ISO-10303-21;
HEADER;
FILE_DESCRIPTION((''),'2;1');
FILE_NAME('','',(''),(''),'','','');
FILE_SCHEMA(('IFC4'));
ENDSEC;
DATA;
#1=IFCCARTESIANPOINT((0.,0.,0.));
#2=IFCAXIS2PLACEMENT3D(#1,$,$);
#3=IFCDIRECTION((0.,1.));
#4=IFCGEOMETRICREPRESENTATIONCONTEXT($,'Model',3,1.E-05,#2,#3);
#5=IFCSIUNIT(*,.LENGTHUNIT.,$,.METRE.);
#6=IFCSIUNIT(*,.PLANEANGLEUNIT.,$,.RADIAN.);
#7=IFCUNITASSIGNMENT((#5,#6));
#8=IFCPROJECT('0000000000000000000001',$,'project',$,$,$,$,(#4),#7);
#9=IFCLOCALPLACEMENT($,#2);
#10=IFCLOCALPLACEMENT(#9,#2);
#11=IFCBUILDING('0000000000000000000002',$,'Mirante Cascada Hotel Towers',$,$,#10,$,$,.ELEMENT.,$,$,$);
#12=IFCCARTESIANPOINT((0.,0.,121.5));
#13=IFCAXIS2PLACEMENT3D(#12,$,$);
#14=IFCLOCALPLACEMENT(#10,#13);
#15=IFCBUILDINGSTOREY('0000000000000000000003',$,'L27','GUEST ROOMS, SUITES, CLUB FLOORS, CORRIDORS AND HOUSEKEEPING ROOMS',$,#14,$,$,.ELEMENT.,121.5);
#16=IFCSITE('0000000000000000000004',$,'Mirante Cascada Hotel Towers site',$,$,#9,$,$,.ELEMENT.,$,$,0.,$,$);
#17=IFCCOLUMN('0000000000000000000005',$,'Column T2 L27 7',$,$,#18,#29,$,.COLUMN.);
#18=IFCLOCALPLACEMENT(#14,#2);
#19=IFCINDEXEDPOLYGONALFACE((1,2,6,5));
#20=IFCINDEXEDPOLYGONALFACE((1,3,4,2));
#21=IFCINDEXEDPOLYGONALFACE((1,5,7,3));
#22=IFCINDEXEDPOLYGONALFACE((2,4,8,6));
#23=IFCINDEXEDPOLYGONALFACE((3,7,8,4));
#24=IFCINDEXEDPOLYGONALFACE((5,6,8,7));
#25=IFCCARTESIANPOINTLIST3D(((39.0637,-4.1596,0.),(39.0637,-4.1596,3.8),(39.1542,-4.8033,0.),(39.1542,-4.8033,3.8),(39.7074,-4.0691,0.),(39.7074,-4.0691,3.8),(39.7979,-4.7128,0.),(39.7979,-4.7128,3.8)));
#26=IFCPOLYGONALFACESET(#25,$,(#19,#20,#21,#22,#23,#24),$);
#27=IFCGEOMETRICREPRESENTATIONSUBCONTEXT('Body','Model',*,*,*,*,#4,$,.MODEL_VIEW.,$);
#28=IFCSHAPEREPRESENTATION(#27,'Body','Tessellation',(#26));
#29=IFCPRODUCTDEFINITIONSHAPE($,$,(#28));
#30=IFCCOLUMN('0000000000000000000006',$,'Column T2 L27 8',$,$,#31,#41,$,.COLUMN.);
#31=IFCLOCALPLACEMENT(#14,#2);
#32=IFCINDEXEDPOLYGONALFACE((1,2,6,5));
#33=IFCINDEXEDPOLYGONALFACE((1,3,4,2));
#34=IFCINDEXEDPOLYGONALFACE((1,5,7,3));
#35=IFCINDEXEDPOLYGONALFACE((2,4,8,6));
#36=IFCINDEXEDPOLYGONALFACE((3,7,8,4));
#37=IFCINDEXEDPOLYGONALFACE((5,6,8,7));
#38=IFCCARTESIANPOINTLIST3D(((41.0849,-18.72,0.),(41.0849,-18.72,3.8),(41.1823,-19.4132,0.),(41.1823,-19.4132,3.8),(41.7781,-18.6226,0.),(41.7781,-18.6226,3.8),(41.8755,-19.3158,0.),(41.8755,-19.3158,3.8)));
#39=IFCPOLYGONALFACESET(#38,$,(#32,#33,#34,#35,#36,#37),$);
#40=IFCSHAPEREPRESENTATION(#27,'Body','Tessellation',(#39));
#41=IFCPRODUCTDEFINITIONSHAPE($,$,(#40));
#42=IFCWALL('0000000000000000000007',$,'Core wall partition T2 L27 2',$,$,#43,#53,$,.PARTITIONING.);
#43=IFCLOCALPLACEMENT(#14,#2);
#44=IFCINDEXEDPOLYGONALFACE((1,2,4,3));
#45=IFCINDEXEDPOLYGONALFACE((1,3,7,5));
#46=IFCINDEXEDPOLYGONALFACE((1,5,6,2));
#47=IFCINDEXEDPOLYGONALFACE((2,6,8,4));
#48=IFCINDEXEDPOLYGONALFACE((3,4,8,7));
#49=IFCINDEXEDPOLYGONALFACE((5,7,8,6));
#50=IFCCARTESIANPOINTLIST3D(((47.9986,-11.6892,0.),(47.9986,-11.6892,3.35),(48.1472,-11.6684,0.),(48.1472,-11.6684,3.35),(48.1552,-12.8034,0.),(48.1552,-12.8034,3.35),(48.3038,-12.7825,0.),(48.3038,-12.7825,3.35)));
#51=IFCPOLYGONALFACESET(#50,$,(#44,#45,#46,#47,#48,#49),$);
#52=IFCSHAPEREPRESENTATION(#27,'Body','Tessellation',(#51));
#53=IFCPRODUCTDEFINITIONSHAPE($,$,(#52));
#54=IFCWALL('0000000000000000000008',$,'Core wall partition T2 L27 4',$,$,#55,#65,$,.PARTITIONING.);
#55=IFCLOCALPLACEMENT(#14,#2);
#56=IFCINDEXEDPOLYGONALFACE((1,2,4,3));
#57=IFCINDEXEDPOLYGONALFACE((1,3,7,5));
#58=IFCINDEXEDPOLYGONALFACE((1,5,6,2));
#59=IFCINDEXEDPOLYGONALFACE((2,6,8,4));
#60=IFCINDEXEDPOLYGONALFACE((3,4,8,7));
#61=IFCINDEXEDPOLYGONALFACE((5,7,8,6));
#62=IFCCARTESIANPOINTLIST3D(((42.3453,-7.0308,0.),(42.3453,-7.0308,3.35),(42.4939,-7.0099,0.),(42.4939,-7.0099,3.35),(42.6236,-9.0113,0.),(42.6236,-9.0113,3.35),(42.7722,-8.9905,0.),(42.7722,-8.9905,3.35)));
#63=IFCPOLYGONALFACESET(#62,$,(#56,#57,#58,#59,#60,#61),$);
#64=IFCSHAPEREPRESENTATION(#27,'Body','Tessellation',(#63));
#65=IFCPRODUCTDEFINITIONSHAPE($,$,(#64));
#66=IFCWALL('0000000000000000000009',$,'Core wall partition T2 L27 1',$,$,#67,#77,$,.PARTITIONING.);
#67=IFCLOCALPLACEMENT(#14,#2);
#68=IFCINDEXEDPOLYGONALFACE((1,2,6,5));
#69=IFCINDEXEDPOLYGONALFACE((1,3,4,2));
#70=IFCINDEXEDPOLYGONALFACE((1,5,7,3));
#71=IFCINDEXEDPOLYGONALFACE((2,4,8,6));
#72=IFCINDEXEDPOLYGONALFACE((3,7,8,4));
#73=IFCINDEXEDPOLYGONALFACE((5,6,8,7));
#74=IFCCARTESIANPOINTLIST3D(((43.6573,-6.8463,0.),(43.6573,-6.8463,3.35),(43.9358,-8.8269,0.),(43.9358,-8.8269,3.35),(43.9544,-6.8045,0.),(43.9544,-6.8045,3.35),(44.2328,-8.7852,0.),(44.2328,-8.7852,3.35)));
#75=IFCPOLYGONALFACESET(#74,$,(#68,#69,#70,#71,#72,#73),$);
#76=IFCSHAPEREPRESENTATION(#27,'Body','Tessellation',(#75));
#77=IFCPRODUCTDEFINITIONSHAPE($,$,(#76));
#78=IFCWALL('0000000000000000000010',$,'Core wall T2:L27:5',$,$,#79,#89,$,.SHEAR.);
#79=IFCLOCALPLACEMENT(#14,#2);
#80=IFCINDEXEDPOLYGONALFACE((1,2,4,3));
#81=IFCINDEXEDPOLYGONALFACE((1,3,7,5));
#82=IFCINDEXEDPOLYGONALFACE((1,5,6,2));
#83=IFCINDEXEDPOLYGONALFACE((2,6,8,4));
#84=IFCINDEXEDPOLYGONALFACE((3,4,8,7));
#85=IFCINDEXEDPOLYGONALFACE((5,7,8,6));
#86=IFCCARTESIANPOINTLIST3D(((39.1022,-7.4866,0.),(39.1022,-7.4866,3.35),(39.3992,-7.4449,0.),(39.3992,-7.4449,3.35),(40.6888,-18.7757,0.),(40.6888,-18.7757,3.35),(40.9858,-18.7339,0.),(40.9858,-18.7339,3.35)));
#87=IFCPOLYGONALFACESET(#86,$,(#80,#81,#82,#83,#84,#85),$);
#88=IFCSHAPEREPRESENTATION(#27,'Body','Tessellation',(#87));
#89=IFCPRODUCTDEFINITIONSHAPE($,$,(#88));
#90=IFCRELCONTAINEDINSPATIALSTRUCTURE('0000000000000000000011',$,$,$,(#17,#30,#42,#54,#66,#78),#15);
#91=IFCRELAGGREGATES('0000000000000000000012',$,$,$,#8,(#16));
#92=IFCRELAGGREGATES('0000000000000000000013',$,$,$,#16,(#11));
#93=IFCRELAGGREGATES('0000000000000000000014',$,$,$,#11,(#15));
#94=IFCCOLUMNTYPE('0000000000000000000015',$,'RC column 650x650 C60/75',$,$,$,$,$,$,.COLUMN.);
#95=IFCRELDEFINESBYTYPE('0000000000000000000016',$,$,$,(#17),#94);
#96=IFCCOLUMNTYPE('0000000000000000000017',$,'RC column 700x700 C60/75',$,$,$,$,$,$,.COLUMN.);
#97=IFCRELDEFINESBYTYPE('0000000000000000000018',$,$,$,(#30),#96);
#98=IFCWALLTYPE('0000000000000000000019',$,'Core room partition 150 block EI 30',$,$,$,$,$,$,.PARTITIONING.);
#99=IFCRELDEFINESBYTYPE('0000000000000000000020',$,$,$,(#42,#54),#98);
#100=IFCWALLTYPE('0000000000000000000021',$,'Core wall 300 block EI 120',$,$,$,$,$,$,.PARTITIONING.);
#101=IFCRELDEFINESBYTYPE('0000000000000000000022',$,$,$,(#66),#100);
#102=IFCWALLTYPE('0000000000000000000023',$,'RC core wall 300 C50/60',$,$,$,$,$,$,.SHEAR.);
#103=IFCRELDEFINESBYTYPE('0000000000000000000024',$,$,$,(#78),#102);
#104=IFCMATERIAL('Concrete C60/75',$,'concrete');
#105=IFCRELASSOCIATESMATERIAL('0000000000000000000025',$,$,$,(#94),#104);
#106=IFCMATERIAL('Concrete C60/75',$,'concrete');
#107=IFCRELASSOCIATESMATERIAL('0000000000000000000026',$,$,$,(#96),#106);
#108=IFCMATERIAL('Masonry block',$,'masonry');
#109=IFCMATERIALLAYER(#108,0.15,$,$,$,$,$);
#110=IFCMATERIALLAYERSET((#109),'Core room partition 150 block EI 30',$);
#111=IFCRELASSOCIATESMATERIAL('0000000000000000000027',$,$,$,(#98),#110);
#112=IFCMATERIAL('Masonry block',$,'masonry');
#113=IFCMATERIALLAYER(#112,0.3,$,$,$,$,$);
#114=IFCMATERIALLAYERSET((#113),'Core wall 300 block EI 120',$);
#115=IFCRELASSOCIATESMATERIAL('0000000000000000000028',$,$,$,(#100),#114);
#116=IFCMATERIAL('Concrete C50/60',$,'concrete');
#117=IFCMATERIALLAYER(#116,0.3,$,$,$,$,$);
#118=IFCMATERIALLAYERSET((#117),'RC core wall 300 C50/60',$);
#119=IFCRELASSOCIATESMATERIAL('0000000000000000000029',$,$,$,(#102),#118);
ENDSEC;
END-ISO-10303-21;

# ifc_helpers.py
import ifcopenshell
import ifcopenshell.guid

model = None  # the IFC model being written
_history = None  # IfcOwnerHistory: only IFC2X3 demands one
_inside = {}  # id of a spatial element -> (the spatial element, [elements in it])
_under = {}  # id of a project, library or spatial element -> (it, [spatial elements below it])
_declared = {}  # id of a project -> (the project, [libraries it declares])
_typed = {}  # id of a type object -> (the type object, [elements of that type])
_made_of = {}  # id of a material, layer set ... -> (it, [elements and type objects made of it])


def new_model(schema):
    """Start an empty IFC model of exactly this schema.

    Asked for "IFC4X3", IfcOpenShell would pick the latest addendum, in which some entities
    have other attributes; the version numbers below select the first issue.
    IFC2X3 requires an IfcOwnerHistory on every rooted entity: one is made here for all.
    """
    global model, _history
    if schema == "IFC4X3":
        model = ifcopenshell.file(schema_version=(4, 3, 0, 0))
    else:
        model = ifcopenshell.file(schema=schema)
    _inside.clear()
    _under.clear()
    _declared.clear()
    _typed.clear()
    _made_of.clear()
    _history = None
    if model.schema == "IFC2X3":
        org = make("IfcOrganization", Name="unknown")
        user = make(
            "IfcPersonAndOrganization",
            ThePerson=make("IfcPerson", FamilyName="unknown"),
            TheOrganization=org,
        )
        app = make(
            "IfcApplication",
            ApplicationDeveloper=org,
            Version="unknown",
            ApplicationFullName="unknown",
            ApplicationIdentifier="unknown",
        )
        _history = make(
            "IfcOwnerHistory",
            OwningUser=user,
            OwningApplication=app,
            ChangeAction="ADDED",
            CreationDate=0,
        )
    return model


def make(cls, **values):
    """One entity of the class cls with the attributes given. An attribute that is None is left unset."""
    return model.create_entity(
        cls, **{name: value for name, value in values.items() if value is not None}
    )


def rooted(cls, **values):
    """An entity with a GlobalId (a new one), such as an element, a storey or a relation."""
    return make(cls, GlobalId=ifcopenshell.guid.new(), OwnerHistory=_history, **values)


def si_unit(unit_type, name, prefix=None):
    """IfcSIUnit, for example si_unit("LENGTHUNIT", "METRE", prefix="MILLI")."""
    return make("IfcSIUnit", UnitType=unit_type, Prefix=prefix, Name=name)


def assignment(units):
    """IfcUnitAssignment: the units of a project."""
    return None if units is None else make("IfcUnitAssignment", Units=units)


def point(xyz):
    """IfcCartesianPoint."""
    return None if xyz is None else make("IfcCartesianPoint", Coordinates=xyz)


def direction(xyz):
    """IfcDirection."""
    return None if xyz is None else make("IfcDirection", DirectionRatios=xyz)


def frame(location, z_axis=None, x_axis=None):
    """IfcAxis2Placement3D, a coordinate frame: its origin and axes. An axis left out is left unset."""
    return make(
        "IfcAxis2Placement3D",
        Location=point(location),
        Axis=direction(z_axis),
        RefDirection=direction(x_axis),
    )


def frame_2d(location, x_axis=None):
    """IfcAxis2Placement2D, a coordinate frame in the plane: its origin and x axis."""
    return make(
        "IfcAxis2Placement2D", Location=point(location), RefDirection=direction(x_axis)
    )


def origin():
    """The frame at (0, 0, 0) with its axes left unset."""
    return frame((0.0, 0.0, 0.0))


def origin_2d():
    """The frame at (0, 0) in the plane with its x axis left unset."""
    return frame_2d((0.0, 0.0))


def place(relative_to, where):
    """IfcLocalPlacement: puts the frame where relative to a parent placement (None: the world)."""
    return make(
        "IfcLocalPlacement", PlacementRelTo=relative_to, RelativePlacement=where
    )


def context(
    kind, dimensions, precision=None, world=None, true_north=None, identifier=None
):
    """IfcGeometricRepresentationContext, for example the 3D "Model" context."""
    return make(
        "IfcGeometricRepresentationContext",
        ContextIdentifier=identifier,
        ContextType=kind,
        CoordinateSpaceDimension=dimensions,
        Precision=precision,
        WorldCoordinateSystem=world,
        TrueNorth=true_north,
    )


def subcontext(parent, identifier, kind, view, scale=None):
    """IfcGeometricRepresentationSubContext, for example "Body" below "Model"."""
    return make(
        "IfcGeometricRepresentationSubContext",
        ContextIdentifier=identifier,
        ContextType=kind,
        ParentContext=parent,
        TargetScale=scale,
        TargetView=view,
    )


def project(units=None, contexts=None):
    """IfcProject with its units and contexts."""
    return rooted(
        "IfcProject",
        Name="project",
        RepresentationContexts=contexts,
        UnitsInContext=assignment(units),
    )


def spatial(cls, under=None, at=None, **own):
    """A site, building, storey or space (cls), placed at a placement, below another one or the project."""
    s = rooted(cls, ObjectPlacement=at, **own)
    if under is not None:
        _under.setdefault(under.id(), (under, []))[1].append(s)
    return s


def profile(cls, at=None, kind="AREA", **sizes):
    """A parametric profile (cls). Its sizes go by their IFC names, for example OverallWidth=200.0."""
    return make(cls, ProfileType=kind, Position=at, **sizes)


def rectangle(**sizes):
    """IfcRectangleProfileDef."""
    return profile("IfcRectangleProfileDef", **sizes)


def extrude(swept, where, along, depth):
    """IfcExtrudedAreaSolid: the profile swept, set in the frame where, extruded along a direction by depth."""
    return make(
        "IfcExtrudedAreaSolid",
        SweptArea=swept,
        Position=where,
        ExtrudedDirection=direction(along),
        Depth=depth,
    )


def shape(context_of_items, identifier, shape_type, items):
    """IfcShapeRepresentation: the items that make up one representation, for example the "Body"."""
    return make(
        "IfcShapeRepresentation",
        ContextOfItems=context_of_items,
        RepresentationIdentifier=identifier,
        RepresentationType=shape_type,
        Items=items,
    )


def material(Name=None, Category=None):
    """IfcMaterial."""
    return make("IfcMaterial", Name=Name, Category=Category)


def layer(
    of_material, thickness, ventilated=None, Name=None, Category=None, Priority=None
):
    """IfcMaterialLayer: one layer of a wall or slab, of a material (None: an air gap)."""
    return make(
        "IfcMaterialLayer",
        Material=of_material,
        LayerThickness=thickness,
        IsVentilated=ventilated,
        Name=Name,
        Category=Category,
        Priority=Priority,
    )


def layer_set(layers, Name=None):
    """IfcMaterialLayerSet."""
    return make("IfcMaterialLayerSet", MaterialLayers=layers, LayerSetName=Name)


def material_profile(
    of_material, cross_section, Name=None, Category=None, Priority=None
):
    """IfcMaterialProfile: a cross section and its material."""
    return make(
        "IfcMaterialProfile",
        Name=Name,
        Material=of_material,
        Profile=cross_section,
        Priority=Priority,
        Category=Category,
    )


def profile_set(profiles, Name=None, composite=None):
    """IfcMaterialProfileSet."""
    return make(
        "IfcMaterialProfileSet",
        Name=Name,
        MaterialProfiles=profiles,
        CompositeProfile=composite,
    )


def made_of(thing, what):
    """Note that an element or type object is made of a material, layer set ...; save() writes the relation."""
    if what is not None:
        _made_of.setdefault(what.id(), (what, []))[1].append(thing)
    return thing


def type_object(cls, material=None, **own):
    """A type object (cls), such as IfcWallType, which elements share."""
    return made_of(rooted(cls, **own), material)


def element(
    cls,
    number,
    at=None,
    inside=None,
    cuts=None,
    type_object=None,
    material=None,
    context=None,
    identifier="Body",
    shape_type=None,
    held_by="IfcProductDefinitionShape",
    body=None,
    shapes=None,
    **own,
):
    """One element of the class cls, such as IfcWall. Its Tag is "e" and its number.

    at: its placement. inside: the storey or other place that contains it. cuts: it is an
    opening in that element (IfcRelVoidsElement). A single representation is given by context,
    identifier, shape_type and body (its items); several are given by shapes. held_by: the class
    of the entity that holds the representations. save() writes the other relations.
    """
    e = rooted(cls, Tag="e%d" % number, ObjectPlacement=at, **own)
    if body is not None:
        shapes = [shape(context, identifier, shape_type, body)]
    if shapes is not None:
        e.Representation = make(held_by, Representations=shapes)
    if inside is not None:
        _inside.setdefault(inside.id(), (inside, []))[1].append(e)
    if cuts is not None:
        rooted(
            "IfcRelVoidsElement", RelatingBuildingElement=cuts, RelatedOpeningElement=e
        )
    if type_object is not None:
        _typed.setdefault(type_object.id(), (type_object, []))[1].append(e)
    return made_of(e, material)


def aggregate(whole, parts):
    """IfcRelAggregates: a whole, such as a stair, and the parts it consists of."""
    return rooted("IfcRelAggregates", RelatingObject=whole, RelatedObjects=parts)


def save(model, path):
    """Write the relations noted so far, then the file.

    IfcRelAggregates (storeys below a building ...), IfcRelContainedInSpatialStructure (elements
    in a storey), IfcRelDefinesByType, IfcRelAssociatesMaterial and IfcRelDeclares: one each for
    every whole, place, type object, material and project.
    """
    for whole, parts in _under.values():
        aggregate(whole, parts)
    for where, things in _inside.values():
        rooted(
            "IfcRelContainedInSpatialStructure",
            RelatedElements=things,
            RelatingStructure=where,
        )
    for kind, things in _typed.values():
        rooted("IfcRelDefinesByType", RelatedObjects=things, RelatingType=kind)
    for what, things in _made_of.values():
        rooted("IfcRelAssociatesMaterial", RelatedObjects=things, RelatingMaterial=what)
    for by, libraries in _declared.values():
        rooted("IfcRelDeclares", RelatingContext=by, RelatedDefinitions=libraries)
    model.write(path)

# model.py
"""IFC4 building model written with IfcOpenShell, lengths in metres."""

from ifc_helpers import new_model, si_unit, direction, frame, frame_2d, origin, origin_2d, place, context, subcontext, project, spatial, rectangle, extrude, material, layer, layer_set, material_profile, profile_set, type_object, element, save


model = new_model("IFC4")

# Units and contexts
model_context = context("Model", 3, precision=1e-05, world=origin(), true_north=direction((0.0, 1.0)))
body_context = subcontext(model_context, "Body", "Model", "MODEL_VIEW")
ifc_project = project(units=[si_unit("LENGTHUNIT", "METRE"), si_unit("PLANEANGLEUNIT", "RADIAN")], contexts=[model_context])

# Site, building, storey
site_placement = place(None, origin())
site = spatial("IfcSite", under=ifc_project, at=site_placement, Name="Mirante Cascada Hotel Towers site", CompositionType="ELEMENT", RefElevation=0.0)
building_placement = place(site_placement, origin())
building = spatial("IfcBuilding", under=site, at=building_placement, Name="Mirante Cascada Hotel Towers", CompositionType="ELEMENT")
storey_placement = place(building_placement, frame((0.0, 0.0, 121.5)))
storey = spatial("IfcBuildingStorey", under=building, at=storey_placement, Name="L27", Description="GUEST ROOMS, SUITES, CLUB FLOORS, CORRIDORS AND HOUSEKEEPING ROOMS", CompositionType="ELEMENT", Elevation=121.5)

# Columns
ifc_material_1 = material(Name="Concrete C60/75", Category="concrete")
ifc_material_profile_1 = material_profile(ifc_material_1, rectangle(XDim=0.65, YDim=0.65, at=origin_2d()), Name="RC column 650x650 C60/75")
ifc_profile_set_1 = profile_set([ifc_material_profile_1], Name="Concrete C60/75")
column_type_1 = type_object("IfcColumnType", Name="RC column 650x650 C60/75", PredefinedType="COLUMN", material=ifc_profile_set_1)
column_1_placement = place(storey_placement, frame((39.4308, -4.4362, 0.0), z_axis=(0.0, 0.0, 1.0), x_axis=(0.990268, 0.139173, 0.0)))
element("IfcColumn", 1, at=column_1_placement, inside=storey, type_object=column_type_1, Name="Column T2 L27 7", PredefinedType="COLUMN", context=body_context, shape_type="SweptSolid", body=[
    extrude(rectangle(XDim=0.65, YDim=0.65, at=origin_2d()), origin(), (0.0, 0.0, 1.0), 3.8),
])
ifc_material_2 = material(Name="Concrete C60/75", Category="concrete")
ifc_material_profile_2 = material_profile(ifc_material_2, rectangle(XDim=0.7, YDim=0.7, at=origin_2d()), Name="RC column 700x700 C60/75")
ifc_profile_set_2 = profile_set([ifc_material_profile_2], Name="Concrete C60/75")
column_type_2 = type_object("IfcColumnType", Name="RC column 700x700 C60/75", PredefinedType="COLUMN", material=ifc_profile_set_2)
column_2_placement = place(storey_placement, frame((41.4802, -19.0179, 0.0), z_axis=(0.0, 0.0, 1.0), x_axis=(0.990268, 0.139173, 0.0)))
element("IfcColumn", 2, at=column_2_placement, inside=storey, type_object=column_type_2, Name="Column T2 L27 8", PredefinedType="COLUMN", context=body_context, shape_type="SweptSolid", body=[
    extrude(rectangle(XDim=0.7, YDim=0.7, at=origin_2d()), origin(), (0.0, 0.0, 1.0), 3.8),
])

# Walls
ifc_material_3 = material(Name="Masonry block", Category="masonry")
ifc_layer_1 = layer(ifc_material_3, 0.15)
ifc_layer_set_1 = layer_set([ifc_layer_1], Name="Core room partition 150 block EI 30")
wall_type_1 = type_object("IfcWallType", Name="Core room partition 150 block EI 30", PredefinedType="PARTITIONING", material=ifc_layer_set_1)
wall_1_placement = place(storey_placement, frame((48.2295, -12.793, 0.0), z_axis=(0.0, 0.0, 1.0), x_axis=(-0.139193, 0.990265, 0.0)))
element("IfcWall", 3, at=wall_1_placement, inside=storey, type_object=wall_type_1, Name="Core wall partition T2 L27 2", PredefinedType="PARTITIONING", context=body_context, shape_type="SweptSolid", body=[
    extrude(rectangle(XDim=1.1251, YDim=0.15, at=frame_2d((0.5626, 0.0))), origin(), (0.0, 0.0, 1.0), 3.35),
])
wall_2_placement = place(storey_placement, frame((42.6979, -9.0009, 0.0), z_axis=(0.0, 0.0, 1.0), x_axis=(-0.139153, 0.990271, 0.0)))
element("IfcWall", 4, at=wall_2_placement, inside=storey, type_object=wall_type_1, Name="Core wall partition T2 L27 4", PredefinedType="PARTITIONING", context=body_context, shape_type="SweptSolid", body=[
    extrude(rectangle(XDim=2.0, YDim=0.15, at=frame_2d((1.0, 0.0))), origin(), (0.0, 0.0, 1.0), 3.35),
])
ifc_material_4 = material(Name="Masonry block", Category="masonry")
ifc_layer_2 = layer(ifc_material_4, 0.3)
ifc_layer_set_2 = layer_set([ifc_layer_2], Name="Core wall 300 block EI 120")
wall_type_2 = type_object("IfcWallType", Name="Core wall 300 block EI 120", PredefinedType="PARTITIONING", material=ifc_layer_set_2)
wall_3_placement = place(storey_placement, frame((44.0843, -8.8061, 0.0), z_axis=(0.0, 0.0, 1.0), x_axis=(-0.139195, 0.990265, 0.0)))
element("IfcWall", 5, at=wall_3_placement, inside=storey, type_object=wall_type_2, Name="Core wall partition T2 L27 1", PredefinedType="PARTITIONING", context=body_context, shape_type="SweptSolid", body=[
    extrude(rectangle(XDim=2.0001, YDim=0.3, at=frame_2d((1.0001, 0.0))), origin(), (0.0, 0.0, 1.0), 3.35),
])
ifc_material_5 = material(Name="Concrete C50/60", Category="concrete")
ifc_layer_3 = layer(ifc_material_5, 0.3)
ifc_layer_set_3 = layer_set([ifc_layer_3], Name="RC core wall 300 C50/60")
wall_type_3 = type_object("IfcWallType", Name="RC core wall 300 C50/60", PredefinedType="SHEAR", material=ifc_layer_set_3)
wall_4_placement = place(storey_placement, frame((40.8373, -18.7548, 0.0), z_axis=(0.0, 0.0, 1.0), x_axis=(-0.139175, 0.990268, 0.0)))
element("IfcWall", 6, at=wall_4_placement, inside=storey, type_object=wall_type_3, Name="Core wall T2:L27:5", PredefinedType="SHEAR", context=body_context, shape_type="SweptSolid", body=[
    extrude(rectangle(XDim=11.4, YDim=0.3, at=frame_2d((5.7, 0.0))), origin(), (0.0, 0.0, 1.0), 3.35),
])

save(model, "model.ifc")
